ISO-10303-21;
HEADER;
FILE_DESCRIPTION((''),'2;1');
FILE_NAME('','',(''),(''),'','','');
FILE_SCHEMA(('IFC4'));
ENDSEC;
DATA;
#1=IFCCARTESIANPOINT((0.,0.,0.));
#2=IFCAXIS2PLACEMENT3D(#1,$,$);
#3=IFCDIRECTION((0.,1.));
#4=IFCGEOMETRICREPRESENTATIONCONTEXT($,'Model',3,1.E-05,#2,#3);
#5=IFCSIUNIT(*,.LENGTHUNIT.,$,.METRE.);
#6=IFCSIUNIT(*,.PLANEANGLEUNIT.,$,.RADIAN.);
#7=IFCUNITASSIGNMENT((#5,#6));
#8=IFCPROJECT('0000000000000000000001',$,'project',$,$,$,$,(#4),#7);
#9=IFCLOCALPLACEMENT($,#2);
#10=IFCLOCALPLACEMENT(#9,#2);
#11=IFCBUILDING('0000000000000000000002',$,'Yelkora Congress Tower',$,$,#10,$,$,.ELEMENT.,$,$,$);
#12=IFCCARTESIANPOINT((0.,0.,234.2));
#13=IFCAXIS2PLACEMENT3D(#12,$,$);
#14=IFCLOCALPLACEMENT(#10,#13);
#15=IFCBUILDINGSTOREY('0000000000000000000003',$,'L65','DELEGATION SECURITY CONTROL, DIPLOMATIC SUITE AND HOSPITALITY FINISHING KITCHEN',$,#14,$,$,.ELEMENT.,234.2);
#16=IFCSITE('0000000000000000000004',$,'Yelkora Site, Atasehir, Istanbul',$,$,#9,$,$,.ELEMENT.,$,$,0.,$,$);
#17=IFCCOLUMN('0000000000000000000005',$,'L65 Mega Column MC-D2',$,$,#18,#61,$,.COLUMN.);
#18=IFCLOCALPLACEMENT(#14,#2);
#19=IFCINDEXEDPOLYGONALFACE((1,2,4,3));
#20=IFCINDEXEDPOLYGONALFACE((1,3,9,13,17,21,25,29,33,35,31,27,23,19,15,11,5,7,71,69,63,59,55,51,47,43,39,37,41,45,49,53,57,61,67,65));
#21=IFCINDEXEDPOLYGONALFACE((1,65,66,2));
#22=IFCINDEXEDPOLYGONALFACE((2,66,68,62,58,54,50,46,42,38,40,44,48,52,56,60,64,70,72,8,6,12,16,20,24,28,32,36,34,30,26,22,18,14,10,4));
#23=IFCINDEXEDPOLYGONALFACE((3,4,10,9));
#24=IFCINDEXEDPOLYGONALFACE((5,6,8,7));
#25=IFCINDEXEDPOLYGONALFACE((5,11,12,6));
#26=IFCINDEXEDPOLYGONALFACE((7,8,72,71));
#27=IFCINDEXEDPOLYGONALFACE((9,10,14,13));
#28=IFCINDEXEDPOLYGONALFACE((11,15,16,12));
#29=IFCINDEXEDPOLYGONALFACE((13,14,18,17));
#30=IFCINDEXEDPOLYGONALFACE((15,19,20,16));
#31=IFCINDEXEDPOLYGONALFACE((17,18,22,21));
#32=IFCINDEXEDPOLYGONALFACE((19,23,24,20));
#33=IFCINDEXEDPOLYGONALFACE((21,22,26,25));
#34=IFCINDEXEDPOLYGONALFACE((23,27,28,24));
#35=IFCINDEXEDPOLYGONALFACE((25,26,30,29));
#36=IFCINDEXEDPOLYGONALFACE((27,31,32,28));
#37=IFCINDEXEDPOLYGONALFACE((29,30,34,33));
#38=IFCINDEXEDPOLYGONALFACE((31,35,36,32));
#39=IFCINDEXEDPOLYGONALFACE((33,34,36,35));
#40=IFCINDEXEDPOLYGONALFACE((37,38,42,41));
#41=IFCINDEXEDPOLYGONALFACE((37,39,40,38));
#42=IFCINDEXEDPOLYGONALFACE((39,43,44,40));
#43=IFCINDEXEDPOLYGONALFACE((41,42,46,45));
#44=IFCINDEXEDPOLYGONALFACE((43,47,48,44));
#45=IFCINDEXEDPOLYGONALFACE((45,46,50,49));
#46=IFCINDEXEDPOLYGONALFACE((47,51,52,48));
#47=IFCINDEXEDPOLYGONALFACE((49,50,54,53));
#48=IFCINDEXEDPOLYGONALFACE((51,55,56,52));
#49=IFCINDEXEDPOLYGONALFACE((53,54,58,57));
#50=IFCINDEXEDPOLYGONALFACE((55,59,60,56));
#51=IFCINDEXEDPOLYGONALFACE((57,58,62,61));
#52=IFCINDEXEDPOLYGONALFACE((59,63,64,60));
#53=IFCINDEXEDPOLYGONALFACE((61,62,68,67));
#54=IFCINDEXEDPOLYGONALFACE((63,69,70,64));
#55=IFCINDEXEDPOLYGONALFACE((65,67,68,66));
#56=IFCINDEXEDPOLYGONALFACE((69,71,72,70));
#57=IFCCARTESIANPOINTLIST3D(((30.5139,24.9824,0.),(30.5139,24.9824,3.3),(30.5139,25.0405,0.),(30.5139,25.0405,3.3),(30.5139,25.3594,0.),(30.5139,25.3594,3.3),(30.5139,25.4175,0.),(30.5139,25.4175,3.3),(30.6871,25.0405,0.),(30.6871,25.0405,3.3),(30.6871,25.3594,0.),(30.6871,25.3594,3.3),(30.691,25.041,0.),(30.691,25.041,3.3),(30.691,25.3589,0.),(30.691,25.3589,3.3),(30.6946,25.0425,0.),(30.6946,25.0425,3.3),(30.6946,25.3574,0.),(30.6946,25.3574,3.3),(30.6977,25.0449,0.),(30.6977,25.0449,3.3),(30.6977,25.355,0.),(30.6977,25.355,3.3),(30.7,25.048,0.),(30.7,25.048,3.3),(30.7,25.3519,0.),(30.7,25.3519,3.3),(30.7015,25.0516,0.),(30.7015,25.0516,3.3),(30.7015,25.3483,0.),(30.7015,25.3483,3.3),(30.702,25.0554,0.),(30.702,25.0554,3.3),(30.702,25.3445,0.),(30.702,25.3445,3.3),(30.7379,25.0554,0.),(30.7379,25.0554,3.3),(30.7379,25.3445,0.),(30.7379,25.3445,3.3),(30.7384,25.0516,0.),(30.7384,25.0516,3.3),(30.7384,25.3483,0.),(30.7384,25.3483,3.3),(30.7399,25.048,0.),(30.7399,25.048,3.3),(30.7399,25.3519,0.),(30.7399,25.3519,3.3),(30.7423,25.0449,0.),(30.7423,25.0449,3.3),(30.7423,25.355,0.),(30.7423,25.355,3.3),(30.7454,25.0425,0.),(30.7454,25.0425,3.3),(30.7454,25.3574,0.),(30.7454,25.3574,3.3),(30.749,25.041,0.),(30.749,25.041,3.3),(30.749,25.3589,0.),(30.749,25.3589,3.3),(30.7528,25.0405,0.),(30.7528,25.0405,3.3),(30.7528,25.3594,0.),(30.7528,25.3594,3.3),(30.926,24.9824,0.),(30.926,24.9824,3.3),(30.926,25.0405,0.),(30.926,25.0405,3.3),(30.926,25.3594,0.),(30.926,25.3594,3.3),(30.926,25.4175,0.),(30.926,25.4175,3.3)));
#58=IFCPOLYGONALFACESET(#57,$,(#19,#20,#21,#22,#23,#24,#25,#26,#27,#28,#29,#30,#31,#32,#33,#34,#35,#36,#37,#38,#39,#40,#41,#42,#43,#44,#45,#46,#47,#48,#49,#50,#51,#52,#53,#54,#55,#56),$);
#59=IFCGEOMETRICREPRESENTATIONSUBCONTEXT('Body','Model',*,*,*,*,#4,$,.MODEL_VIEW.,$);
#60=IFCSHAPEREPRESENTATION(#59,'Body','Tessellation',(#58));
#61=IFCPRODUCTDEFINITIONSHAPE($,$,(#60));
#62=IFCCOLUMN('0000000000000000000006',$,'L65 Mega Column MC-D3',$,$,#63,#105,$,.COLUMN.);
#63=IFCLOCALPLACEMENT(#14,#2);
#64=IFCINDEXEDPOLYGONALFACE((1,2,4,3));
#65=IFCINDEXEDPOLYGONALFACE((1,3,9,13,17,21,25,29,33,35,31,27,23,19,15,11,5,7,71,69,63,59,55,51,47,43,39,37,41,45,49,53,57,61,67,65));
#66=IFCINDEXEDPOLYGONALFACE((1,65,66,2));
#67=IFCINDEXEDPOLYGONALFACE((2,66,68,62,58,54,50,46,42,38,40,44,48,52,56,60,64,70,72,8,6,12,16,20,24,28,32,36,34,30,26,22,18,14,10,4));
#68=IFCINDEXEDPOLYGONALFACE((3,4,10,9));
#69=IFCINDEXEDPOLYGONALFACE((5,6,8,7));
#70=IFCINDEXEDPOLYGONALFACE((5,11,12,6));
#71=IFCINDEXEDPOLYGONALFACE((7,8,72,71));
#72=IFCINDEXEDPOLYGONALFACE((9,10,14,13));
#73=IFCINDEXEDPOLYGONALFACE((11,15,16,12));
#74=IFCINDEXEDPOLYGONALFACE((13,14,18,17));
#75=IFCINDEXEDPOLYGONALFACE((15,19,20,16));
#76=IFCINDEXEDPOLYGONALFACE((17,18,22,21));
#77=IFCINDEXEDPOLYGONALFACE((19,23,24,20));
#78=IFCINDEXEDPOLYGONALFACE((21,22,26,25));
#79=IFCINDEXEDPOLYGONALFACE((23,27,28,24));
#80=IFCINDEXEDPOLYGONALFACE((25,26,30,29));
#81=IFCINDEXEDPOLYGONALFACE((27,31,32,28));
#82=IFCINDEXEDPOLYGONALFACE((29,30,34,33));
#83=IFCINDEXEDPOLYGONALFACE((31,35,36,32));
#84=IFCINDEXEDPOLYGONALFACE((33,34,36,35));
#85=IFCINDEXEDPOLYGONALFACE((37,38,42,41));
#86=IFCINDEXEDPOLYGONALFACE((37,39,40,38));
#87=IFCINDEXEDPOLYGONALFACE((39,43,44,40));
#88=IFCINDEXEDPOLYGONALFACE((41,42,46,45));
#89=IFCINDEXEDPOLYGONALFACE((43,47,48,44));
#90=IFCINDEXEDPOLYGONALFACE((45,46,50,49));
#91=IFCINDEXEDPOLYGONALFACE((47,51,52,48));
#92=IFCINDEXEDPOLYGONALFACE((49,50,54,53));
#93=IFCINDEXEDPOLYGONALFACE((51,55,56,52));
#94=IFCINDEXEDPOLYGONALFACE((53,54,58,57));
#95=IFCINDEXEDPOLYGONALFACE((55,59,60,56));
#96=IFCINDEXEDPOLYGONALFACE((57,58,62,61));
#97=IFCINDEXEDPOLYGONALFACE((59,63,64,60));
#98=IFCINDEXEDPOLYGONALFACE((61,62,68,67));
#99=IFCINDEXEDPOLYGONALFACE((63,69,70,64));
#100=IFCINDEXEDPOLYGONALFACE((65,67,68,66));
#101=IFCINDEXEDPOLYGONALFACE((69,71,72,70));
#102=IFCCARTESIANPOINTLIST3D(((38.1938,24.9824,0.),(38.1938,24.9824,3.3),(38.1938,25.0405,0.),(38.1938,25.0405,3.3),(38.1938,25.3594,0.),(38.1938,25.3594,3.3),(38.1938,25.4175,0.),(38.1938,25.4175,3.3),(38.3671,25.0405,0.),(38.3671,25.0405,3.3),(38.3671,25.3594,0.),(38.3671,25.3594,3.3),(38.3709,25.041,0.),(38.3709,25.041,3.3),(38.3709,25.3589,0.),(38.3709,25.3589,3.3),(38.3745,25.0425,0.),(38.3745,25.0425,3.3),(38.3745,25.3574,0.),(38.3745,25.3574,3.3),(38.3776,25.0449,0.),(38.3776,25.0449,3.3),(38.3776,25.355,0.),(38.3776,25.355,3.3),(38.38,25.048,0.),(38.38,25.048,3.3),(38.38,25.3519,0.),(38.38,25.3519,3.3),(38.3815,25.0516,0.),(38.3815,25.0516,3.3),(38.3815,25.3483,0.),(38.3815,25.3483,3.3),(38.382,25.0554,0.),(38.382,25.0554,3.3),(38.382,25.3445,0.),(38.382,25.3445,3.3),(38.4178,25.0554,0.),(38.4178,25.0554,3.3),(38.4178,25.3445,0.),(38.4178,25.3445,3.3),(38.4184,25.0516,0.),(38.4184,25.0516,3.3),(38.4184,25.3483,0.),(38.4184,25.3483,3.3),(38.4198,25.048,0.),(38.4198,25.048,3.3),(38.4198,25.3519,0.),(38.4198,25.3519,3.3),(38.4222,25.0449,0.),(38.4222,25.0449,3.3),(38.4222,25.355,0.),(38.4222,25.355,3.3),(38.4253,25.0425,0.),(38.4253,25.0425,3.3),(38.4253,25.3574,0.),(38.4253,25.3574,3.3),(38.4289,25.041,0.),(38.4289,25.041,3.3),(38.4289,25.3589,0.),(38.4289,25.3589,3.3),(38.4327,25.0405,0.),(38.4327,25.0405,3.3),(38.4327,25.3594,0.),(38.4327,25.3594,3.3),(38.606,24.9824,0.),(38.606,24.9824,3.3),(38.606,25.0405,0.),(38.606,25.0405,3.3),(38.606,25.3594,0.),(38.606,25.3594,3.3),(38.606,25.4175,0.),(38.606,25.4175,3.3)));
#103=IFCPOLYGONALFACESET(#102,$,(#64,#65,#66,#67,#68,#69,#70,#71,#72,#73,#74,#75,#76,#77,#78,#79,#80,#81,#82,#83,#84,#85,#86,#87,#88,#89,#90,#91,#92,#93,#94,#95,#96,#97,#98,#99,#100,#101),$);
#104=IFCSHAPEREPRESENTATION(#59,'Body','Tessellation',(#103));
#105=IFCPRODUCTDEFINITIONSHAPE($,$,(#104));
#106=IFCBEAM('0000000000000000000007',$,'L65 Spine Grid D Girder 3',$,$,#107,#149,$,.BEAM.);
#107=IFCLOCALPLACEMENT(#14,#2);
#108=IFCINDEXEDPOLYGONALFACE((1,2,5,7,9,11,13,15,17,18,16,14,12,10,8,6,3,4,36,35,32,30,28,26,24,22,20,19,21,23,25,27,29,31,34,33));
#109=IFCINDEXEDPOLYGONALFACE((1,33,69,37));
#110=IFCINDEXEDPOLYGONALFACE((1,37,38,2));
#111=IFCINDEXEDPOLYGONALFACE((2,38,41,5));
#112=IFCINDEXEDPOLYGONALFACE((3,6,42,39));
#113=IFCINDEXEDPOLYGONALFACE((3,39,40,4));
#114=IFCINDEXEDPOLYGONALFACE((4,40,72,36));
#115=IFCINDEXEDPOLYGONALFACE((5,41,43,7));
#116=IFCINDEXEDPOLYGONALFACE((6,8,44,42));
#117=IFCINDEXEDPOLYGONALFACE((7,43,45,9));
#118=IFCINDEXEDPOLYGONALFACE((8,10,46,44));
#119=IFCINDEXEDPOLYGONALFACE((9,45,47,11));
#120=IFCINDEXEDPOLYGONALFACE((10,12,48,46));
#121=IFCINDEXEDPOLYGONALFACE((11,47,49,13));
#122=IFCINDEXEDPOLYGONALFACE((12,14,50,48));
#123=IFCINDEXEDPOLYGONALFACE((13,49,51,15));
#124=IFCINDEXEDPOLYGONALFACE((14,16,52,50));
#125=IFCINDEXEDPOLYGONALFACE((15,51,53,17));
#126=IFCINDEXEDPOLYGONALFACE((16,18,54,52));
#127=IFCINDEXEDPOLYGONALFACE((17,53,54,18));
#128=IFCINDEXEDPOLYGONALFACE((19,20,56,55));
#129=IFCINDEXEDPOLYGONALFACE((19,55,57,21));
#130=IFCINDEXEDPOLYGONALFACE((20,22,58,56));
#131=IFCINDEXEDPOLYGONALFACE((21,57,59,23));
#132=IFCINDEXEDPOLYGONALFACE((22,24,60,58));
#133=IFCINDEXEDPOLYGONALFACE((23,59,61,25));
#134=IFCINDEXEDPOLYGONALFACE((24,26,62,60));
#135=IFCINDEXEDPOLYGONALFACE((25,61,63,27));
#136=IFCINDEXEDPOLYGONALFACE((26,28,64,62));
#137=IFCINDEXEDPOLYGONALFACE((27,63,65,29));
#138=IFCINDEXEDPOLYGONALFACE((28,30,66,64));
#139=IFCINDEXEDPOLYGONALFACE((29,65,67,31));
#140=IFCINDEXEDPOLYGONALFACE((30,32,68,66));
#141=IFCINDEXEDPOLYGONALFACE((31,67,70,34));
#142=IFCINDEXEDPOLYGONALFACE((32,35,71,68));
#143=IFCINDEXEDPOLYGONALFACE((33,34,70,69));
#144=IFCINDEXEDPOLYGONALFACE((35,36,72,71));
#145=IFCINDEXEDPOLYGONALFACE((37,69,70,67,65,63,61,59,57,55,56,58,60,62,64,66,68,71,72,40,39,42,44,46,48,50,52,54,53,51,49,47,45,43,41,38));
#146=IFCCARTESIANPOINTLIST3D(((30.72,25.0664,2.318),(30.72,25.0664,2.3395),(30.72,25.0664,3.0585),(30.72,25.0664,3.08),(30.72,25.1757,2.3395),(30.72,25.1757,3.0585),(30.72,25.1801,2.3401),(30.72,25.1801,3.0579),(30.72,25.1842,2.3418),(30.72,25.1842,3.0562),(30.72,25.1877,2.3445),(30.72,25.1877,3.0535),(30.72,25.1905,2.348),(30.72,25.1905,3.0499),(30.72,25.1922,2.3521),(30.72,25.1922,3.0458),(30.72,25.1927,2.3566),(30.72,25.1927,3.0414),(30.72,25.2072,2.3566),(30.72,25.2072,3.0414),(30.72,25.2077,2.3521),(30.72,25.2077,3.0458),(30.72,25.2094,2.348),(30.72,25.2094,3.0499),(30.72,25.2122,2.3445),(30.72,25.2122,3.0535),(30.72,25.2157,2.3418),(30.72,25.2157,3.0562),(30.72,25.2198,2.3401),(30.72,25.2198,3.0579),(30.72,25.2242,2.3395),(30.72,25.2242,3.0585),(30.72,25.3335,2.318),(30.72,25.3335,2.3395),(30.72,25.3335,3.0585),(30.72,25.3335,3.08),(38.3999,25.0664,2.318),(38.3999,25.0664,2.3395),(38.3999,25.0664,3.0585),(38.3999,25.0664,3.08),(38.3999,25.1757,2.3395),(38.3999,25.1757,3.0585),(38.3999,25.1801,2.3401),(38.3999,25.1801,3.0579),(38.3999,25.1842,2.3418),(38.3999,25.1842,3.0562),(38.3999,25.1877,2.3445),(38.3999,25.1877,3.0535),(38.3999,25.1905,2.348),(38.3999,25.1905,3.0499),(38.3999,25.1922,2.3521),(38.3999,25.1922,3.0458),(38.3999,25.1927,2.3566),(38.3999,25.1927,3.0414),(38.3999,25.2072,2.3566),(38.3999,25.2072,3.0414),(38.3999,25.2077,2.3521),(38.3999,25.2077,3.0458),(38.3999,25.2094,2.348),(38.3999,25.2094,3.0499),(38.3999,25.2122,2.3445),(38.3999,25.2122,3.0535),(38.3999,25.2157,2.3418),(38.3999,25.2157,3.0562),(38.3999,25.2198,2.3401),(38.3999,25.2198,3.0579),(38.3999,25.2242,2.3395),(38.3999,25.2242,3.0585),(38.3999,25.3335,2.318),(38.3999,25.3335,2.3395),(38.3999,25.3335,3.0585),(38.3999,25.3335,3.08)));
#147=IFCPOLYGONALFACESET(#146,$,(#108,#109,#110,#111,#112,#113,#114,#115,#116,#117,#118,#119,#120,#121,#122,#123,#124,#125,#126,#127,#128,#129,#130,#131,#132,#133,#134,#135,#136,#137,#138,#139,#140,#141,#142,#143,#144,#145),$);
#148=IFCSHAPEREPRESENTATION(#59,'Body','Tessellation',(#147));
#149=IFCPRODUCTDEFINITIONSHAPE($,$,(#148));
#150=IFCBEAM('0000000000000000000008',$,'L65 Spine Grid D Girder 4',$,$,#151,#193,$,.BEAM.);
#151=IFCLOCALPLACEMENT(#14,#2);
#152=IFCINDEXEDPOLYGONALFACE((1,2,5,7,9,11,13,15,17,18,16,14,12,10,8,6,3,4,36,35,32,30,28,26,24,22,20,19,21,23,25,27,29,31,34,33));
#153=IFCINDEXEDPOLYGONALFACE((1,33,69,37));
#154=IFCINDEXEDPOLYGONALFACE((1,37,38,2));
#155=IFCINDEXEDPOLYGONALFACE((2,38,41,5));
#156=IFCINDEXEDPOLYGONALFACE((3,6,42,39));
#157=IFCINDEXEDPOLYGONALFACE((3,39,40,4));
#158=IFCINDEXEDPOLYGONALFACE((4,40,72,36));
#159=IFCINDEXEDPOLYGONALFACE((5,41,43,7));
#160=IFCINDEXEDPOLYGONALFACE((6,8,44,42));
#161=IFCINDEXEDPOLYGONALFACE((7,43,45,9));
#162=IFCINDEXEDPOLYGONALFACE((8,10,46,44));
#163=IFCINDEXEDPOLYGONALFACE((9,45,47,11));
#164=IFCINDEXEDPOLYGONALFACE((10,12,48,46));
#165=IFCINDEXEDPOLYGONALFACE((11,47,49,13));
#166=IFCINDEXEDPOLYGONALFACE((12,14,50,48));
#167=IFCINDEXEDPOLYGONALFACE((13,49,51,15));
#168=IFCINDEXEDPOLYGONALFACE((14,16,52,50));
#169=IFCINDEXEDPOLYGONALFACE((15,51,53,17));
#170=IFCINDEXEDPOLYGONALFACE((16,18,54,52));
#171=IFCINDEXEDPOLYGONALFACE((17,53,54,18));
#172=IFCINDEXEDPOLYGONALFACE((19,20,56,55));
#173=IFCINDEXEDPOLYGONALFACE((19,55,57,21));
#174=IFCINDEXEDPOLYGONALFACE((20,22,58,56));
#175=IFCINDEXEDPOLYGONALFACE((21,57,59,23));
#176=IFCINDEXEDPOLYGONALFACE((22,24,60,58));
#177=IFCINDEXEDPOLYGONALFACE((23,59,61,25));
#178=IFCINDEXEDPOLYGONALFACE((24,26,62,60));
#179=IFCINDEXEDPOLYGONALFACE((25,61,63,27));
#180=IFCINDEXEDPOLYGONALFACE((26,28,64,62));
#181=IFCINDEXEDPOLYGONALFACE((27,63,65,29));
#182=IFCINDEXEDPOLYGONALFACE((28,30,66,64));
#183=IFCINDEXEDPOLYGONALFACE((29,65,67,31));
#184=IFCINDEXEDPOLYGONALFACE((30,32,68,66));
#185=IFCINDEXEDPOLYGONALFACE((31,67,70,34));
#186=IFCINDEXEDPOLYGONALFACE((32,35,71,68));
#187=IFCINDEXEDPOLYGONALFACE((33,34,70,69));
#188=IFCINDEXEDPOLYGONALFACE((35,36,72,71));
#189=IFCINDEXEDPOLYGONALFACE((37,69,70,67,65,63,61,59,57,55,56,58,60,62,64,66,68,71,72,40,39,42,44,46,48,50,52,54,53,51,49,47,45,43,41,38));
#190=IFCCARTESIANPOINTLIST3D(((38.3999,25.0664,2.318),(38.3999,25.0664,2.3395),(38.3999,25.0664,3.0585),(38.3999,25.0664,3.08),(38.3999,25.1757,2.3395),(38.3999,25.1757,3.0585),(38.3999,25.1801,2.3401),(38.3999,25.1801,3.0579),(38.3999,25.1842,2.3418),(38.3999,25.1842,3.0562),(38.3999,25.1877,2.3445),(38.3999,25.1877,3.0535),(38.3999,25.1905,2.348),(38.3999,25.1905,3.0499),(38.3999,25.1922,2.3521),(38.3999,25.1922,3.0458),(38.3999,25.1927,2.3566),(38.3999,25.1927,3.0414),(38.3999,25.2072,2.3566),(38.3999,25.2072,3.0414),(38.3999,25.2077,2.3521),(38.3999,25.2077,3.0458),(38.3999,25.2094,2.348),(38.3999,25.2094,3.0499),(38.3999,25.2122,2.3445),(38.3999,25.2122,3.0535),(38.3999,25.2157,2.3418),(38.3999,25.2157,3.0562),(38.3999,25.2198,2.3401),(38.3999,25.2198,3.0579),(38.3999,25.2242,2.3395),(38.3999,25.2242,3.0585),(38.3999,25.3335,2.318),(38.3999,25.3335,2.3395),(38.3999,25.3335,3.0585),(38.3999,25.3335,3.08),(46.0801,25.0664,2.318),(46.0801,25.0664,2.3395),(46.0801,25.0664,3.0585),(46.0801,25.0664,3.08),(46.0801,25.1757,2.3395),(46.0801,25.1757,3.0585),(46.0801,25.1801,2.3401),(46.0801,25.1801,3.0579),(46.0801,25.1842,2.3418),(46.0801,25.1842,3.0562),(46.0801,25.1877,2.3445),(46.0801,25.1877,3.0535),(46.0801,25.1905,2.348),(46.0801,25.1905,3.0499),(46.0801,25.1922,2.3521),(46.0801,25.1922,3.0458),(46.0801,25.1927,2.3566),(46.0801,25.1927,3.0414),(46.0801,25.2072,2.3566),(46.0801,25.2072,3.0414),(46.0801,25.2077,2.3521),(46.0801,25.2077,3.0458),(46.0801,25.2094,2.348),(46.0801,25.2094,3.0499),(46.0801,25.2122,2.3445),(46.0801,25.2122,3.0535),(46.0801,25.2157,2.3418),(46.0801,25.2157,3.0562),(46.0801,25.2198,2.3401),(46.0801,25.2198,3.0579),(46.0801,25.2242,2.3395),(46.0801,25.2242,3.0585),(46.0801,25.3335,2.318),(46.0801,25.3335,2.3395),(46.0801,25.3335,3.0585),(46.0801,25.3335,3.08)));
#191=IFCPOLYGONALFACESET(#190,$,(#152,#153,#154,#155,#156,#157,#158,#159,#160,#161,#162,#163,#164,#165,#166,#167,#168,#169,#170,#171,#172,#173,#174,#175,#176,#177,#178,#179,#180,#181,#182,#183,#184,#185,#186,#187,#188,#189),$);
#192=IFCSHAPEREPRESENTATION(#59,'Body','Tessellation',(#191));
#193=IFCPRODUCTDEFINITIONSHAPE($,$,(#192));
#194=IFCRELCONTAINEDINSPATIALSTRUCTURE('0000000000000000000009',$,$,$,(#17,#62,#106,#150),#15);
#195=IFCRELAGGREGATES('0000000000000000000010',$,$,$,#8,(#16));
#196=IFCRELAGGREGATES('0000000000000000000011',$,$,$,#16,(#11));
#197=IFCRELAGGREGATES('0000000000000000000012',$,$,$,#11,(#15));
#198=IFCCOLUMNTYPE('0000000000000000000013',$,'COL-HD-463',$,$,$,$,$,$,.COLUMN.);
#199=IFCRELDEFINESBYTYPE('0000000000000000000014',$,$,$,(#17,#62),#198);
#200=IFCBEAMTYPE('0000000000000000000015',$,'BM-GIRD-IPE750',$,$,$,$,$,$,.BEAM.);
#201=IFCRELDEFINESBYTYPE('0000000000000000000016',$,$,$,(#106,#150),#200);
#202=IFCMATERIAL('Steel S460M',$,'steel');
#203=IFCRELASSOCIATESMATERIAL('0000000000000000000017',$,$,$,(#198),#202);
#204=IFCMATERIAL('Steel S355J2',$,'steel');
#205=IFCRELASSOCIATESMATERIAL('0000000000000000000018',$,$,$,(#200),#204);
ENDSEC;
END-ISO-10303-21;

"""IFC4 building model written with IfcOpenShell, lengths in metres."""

from ifc_helpers import new_model, si_unit, direction, frame, origin, origin_2d, place, context, subcontext, project, spatial, i_section, extrude, material, material_profile, profile_set, type_object, element, save


model = new_model("IFC4")

# Units and contexts
model_context = context("Model", 3, precision=1e-05, world=origin(), true_north=direction((0.0, 1.0)))
body_context = subcontext(model_context, "Body", "Model", "MODEL_VIEW")
ifc_project = project(units=[si_unit("LENGTHUNIT", "METRE"), si_unit("PLANEANGLEUNIT", "RADIAN")], contexts=[model_context])

# Site, building, storey
site_placement = place(None, origin())
site = spatial("IfcSite", under=ifc_project, at=site_placement, Name="Yelkora Site, Atasehir, Istanbul", CompositionType="ELEMENT", RefElevation=0.0)
building_placement = place(site_placement, origin())
building = spatial("IfcBuilding", under=site, at=building_placement, Name="Yelkora Congress Tower", CompositionType="ELEMENT")
storey_placement = place(building_placement, frame((0.0, 0.0, 234.2)))
storey = spatial("IfcBuildingStorey", under=building, at=storey_placement, Name="L65", Description="DELEGATION SECURITY CONTROL, DIPLOMATIC SUITE AND HOSPITALITY FINISHING KITCHEN", CompositionType="ELEMENT", Elevation=234.2)

# Columns
ifc_material_1 = material(Name="Steel S460M", Category="steel")
ifc_material_profile_1 = material_profile(ifc_material_1, i_section(OverallWidth=0.4121, OverallDepth=0.4351, WebThickness=0.0359, FlangeThickness=0.0581, FilletRadius=0.0149, at=origin_2d()), Name="HD 400x463")
ifc_profile_set_1 = profile_set([ifc_material_profile_1], Name="Steel S460M")
column_type = type_object("IfcColumnType", Name="COL-HD-463", PredefinedType="COLUMN", material=ifc_profile_set_1)
for number, where, z_axis, x_axis, name in (
    (1, (30.72, 25.2, 0.0), (0.0, 0.0, 1.0), (1.0, 0.0, 0.0), "L65 Mega Column MC-D2"),
    (2, (38.3999, 25.2, 0.0), (0.0, 0.0, 1.0), (1.0, 0.0, 0.0), "L65 Mega Column MC-D3"),
):
    element("IfcColumn", number, at=place(storey_placement, frame(where, z_axis=z_axis, x_axis=x_axis)), inside=storey, type_object=column_type, Name=name, PredefinedType="COLUMN", context=body_context, shape_type="SweptSolid", body=[
        extrude(i_section(OverallWidth=0.4121, OverallDepth=0.4351, WebThickness=0.0359, FlangeThickness=0.0581, FilletRadius=0.0149, at=origin_2d()), origin(), (0.0, 0.0, 1.0), 3.3),
    ])

# Beams
ifc_material_2 = material(Name="Steel S355J2", Category="steel")
ifc_material_profile_2 = material_profile(ifc_material_2, i_section(OverallWidth=0.2671, OverallDepth=0.762, WebThickness=0.0144, FlangeThickness=0.0215, FilletRadius=0.0171, at=origin_2d()), Name="IPE 750x173")
ifc_profile_set_2 = profile_set([ifc_material_profile_2], Name="Steel S355J2")
beam_type_1 = type_object("IfcBeamType", Name="BM-GIRD-IPE750", PredefinedType="BEAM", material=ifc_profile_set_2)
beam_1_placement = place(storey_placement, frame((30.72, 25.2, 2.699), z_axis=(1.0, 0.0, 0.0), x_axis=(0.0, 1.0, 0.0)))
element("IfcBeam", 3, at=beam_1_placement, inside=storey, type_object=beam_type_1, Name="L65 Spine Grid D Girder 3", PredefinedType="BEAM", context=body_context, shape_type="SweptSolid", body=[
    extrude(i_section(OverallWidth=0.2671, OverallDepth=0.762, WebThickness=0.0144, FlangeThickness=0.0215, FilletRadius=0.0171, at=origin_2d()), origin(), (0.0, 0.0, 1.0), 7.6799),
])
beam_2_placement = place(storey_placement, frame((38.3999, 25.2, 2.699), z_axis=(1.0, 0.0, 0.0), x_axis=(0.0, 1.0, 0.0)))
element("IfcBeam", 4, at=beam_2_placement, inside=storey, type_object=beam_type_1, Name="L65 Spine Grid D Girder 4", PredefinedType="BEAM", context=body_context, shape_type="SweptSolid", body=[
    extrude(i_section(OverallWidth=0.2671, OverallDepth=0.762, WebThickness=0.0144, FlangeThickness=0.0215, FilletRadius=0.0171, at=origin_2d()), origin(), (0.0, 0.0, 1.0), 7.6802),
])

save(model, "model.ifc")
